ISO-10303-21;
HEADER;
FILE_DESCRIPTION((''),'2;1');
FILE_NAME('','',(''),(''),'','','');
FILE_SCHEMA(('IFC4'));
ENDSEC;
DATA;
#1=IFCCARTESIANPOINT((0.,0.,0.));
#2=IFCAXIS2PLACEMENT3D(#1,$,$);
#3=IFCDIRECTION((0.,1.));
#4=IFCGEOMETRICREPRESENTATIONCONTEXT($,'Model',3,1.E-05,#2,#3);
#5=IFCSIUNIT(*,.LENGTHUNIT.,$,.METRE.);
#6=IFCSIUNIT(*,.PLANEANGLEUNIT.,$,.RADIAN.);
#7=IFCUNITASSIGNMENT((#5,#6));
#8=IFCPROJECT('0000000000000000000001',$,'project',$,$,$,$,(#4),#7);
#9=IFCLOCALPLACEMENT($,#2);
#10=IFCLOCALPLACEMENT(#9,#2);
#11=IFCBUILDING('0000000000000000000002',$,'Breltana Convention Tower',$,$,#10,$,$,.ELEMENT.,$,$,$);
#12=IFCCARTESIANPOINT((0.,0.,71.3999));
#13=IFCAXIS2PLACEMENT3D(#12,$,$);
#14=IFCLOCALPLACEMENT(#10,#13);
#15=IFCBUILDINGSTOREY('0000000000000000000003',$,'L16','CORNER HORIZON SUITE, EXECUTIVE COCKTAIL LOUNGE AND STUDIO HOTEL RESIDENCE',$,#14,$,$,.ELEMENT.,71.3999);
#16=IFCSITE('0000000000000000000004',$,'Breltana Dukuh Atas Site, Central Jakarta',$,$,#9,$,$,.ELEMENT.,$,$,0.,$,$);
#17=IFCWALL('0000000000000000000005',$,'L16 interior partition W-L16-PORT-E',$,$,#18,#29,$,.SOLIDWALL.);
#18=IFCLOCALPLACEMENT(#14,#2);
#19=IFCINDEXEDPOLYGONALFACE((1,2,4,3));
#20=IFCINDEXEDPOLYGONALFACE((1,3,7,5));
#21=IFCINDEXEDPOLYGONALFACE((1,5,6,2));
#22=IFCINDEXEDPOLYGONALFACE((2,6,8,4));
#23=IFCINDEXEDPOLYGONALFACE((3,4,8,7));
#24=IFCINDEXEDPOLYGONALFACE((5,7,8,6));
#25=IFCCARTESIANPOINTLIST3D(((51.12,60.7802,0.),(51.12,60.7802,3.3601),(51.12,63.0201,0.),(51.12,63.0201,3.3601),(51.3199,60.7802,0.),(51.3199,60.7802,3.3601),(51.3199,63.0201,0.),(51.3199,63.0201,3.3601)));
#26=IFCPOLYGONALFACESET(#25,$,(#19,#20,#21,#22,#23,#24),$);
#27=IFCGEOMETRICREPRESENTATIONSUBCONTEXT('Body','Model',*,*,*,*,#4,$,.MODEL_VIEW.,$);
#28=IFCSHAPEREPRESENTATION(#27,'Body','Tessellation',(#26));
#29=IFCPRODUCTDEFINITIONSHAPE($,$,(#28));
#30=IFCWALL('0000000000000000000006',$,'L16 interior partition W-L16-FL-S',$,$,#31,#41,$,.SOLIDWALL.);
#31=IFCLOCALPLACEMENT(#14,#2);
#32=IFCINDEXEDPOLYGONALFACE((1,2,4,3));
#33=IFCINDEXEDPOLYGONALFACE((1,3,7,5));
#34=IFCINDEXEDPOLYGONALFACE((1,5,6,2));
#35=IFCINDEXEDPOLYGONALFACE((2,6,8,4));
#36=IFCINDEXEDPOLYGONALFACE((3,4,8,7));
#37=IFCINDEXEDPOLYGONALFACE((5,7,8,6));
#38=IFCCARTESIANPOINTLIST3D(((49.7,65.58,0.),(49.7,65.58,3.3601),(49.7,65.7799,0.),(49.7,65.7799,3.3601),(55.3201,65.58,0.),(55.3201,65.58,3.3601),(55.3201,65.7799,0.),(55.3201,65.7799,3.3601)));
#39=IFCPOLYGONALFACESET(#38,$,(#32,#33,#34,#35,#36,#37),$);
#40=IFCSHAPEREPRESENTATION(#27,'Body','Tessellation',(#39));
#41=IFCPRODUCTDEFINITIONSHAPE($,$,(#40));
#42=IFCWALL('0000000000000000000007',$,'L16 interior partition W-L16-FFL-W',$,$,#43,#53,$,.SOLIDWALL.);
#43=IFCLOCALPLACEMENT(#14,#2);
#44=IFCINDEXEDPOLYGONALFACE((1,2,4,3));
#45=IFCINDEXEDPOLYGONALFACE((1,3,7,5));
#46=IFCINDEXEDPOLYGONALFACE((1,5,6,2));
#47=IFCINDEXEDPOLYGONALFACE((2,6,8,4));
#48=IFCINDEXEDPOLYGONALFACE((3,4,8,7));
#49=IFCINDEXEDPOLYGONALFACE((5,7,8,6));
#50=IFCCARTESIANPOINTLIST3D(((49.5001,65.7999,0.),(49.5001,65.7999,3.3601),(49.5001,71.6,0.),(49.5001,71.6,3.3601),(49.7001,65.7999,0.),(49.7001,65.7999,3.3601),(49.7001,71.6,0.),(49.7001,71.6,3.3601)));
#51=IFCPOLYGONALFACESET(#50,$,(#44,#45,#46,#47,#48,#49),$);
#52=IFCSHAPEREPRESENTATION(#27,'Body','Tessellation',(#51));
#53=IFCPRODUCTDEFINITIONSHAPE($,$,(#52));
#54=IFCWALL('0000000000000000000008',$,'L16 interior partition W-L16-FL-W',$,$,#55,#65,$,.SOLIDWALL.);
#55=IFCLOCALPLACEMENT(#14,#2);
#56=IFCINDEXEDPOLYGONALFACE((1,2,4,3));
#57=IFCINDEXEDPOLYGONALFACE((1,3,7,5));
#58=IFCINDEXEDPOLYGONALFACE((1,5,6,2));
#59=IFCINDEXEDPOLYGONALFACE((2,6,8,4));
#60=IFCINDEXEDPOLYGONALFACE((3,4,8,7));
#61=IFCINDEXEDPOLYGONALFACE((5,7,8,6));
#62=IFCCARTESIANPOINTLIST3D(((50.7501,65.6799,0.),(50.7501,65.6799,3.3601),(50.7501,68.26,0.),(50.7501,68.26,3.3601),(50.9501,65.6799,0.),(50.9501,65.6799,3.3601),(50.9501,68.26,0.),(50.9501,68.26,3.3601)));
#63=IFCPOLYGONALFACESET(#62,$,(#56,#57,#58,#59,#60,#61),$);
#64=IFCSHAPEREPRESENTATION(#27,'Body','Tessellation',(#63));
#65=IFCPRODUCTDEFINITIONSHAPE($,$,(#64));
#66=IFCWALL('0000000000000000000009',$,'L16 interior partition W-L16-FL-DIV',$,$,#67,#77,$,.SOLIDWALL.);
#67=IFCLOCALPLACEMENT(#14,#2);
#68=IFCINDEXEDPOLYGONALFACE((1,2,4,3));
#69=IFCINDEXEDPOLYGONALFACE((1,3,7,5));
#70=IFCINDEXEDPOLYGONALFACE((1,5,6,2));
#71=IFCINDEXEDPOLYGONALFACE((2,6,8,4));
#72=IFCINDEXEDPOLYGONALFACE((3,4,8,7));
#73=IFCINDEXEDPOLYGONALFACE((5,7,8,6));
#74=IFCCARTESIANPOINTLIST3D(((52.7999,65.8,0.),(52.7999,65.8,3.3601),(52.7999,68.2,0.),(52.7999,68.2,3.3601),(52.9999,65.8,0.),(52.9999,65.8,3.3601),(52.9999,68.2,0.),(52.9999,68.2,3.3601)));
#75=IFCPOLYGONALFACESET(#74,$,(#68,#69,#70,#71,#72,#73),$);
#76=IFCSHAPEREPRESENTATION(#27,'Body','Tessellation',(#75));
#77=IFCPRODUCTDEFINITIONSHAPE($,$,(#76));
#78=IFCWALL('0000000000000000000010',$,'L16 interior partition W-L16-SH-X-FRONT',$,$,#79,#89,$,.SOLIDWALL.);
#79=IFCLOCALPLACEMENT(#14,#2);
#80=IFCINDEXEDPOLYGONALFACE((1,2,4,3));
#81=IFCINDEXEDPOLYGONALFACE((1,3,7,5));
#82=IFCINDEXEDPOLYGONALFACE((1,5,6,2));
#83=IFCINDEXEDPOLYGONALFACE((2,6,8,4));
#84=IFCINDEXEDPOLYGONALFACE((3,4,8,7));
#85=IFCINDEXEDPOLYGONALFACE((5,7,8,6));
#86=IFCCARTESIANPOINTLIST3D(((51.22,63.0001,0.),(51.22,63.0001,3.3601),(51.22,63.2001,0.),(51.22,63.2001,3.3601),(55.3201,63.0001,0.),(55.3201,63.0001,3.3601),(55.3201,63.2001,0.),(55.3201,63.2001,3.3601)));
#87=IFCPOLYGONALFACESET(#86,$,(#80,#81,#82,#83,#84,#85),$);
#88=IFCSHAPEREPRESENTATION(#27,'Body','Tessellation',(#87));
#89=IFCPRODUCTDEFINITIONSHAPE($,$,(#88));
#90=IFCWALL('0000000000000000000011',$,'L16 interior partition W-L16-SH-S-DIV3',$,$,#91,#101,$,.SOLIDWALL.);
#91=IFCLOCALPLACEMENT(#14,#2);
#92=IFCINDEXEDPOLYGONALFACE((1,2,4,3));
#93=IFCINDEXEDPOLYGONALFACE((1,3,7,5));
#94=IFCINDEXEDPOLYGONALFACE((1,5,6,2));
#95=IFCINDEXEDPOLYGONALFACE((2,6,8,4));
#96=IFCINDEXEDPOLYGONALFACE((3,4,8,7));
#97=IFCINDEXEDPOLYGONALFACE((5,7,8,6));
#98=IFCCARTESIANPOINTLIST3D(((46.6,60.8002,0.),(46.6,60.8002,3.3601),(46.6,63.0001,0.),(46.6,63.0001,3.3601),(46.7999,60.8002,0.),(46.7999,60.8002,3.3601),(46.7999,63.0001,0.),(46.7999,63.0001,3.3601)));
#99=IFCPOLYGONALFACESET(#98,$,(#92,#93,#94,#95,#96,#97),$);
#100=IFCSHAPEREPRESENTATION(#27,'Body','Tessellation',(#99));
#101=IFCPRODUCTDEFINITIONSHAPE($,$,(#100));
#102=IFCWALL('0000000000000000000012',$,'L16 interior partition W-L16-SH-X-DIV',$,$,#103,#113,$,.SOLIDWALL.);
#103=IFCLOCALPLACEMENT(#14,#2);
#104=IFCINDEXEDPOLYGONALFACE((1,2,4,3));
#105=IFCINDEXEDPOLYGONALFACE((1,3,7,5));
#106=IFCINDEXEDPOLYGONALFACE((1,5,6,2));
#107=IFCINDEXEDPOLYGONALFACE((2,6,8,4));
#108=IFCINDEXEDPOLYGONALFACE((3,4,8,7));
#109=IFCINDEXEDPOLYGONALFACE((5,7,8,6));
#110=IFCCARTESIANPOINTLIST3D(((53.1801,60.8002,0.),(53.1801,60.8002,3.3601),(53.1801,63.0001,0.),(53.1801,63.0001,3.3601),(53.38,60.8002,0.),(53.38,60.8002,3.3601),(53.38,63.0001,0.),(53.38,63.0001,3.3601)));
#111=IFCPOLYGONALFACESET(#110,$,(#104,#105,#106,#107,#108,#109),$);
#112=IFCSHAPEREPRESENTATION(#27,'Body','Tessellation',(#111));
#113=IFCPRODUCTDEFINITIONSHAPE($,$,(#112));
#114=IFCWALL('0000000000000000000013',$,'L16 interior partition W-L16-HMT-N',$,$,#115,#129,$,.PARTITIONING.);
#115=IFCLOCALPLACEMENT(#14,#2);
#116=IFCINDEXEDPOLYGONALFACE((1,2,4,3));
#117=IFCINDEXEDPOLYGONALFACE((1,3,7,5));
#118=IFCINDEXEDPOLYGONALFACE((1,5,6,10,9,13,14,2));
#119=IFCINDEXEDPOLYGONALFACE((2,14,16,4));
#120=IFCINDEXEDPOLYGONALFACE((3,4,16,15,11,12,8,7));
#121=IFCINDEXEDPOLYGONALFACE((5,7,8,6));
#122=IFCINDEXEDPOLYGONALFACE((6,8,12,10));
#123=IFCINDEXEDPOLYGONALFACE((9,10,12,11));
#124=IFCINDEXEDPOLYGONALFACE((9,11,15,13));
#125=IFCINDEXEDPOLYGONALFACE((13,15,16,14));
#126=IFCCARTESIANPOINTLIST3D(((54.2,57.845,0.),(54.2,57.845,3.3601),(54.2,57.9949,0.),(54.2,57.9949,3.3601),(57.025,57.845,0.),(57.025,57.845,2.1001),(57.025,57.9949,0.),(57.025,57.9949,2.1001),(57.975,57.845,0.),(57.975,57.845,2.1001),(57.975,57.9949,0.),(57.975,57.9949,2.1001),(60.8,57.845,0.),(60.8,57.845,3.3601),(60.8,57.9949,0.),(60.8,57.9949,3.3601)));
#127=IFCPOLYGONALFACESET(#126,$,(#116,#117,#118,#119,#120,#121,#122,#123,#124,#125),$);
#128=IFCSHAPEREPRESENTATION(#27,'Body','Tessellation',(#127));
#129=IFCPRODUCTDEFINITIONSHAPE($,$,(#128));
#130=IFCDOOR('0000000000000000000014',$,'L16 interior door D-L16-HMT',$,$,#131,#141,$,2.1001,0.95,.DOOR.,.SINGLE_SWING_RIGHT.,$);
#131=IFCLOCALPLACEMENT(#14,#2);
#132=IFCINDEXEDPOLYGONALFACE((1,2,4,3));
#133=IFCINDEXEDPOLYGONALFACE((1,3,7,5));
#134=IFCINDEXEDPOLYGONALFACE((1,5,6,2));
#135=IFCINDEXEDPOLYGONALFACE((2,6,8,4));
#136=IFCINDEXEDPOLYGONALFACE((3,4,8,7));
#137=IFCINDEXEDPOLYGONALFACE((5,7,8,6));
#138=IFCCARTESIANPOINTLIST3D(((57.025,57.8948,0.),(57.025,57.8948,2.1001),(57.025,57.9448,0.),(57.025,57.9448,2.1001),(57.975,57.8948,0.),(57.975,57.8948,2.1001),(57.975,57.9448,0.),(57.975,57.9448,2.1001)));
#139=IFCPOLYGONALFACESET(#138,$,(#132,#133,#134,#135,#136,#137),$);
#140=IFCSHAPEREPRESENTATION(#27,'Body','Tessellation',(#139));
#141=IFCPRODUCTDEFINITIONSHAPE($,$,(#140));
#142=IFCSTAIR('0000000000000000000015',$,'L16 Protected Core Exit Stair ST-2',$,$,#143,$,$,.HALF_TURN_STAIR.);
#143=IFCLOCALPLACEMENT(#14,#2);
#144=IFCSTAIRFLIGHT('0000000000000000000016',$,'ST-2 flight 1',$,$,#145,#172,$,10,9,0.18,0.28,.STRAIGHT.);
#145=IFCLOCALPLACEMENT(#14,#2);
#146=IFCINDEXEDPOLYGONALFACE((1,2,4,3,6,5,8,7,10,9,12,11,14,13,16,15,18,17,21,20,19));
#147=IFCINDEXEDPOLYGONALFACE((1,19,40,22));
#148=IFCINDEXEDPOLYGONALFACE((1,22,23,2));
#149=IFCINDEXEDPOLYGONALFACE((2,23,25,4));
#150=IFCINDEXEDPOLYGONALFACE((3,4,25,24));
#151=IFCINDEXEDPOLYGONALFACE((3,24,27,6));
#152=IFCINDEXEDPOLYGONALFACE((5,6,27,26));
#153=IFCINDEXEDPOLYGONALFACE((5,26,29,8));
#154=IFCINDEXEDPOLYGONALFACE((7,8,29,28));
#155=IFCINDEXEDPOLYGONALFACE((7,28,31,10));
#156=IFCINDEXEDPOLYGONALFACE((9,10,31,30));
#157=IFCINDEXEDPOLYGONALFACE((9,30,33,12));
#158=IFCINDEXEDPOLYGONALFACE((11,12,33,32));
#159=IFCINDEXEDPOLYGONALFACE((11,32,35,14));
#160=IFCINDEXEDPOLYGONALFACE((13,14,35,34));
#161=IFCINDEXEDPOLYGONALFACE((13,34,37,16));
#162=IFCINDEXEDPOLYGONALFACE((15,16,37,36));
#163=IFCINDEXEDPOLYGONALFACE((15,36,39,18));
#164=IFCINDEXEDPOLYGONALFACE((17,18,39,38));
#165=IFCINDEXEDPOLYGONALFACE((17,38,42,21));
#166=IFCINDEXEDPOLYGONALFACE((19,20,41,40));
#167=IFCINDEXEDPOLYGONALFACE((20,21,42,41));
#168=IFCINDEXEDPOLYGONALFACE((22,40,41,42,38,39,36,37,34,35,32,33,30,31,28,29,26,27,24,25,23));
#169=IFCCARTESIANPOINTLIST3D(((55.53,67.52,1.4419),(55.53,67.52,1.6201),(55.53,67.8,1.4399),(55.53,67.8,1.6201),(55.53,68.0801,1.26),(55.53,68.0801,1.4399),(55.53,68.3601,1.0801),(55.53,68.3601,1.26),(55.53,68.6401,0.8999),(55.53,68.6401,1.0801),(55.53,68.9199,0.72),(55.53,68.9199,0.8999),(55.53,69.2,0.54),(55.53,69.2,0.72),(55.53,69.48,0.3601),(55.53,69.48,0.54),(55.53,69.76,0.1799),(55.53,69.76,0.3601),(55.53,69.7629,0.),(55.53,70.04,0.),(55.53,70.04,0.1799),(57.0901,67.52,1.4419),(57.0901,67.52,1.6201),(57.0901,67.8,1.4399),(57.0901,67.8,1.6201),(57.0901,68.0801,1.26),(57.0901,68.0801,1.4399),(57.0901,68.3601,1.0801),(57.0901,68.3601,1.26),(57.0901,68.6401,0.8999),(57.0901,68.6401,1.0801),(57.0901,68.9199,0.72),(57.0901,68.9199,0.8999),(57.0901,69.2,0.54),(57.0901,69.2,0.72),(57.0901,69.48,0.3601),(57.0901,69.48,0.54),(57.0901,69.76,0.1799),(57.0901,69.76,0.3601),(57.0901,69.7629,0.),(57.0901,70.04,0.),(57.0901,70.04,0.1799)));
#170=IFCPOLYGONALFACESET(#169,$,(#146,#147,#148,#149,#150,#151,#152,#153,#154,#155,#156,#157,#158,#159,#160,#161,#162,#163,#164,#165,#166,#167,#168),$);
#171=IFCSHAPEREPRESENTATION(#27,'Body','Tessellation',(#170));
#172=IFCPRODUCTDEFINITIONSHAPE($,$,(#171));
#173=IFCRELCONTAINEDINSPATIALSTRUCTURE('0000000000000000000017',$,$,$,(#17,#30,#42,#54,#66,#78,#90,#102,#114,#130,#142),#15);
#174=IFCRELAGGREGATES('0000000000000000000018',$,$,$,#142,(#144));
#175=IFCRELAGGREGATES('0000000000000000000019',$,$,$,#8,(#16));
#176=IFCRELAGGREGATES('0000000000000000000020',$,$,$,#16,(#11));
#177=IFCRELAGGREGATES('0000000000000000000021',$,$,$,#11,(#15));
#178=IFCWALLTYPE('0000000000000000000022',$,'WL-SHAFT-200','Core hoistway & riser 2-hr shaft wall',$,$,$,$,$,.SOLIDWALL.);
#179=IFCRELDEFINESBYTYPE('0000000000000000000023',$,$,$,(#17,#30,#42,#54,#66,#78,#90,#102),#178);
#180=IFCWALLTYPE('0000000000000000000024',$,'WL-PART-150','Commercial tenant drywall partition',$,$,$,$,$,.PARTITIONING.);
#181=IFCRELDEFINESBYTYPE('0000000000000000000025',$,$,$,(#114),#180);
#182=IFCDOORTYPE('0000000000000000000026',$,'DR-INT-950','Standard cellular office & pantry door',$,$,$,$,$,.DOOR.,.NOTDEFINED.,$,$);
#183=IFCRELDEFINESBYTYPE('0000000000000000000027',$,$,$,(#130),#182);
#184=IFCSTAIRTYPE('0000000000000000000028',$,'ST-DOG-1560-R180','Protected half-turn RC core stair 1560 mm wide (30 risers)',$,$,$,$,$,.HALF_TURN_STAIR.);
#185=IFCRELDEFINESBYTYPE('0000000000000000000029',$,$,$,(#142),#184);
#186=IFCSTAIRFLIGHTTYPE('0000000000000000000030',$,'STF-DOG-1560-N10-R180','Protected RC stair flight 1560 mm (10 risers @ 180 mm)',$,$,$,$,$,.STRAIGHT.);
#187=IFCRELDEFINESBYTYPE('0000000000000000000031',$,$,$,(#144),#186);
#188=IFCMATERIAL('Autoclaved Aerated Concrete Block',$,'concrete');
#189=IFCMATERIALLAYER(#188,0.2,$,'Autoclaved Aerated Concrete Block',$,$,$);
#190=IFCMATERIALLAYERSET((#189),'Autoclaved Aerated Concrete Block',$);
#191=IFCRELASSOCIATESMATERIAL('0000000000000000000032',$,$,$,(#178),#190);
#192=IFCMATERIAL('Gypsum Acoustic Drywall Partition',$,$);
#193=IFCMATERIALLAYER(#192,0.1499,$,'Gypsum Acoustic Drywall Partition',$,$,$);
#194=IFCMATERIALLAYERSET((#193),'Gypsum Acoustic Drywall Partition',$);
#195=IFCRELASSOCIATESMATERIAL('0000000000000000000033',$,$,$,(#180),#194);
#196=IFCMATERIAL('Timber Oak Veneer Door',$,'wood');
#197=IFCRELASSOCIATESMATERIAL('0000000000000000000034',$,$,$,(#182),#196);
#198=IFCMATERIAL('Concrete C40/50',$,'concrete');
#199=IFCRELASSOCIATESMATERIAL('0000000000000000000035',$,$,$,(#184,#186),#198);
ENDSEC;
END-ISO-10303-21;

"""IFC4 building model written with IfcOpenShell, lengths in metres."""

from ifc_helpers import new_model, si_unit, direction, frame, frame_2d, origin, place, context, subcontext, project, spatial, polyline, rectangle, outline, extrude, source, transform, mapped, material, layer, layer_set, type_object, type_shapes, element, fill, aggregate, save


model = new_model("IFC4")

# Units and contexts
model_context = context("Model", 3, precision=1e-05, world=origin(), true_north=direction((0.0, 1.0)))
body_context = subcontext(model_context, "Body", "Model", "MODEL_VIEW")
ifc_project = project(units=[si_unit("LENGTHUNIT", "METRE"), si_unit("PLANEANGLEUNIT", "RADIAN")], contexts=[model_context])

# Site, building, storey
site_placement = place(None, origin())
site = spatial("IfcSite", under=ifc_project, at=site_placement, Name="Breltana Dukuh Atas Site, Central Jakarta", CompositionType="ELEMENT", RefElevation=0.0)
building_placement = place(site_placement, origin())
building = spatial("IfcBuilding", under=site, at=building_placement, Name="Breltana Convention Tower", CompositionType="ELEMENT")
storey_placement = place(building_placement, frame((0.0, 0.0, 71.3999)))
storey = spatial("IfcBuildingStorey", under=building, at=storey_placement, Name="L16", Description="CORNER HORIZON SUITE, EXECUTIVE COCKTAIL LOUNGE AND STUDIO HOTEL RESIDENCE", CompositionType="ELEMENT", Elevation=71.3999)

# Wall
ifc_material_1 = material(Name="Autoclaved Aerated Concrete Block", Category="concrete")
ifc_layer_1 = layer(ifc_material_1, 0.2, Name="Autoclaved Aerated Concrete Block")
ifc_layer_set_1 = layer_set([ifc_layer_1], Name="Autoclaved Aerated Concrete Block")
wall_type_1 = type_object("IfcWallType", Name="WL-SHAFT-200", Description="Core hoistway & riser 2-hr shaft wall", PredefinedType="SOLIDWALL", material=ifc_layer_set_1)
shared_shape_1 = source(origin(), body_context, "Body", "SweptSolid", [
    extrude(rectangle(XDim=2.24, YDim=0.2, at=frame_2d((1.1201, 0.0))), origin(), (0.0, 0.0, 1.0), 3.3601),
])
for number, where, z_axis, x_axis, name in (
    (1, (51.22, 60.78, 0.0), (0.0, 0.0, 1.0), (0.0, 1.0, 0.0), "L16 interior partition W-L16-PORT-E"),
):
    element("IfcWall", number, at=place(storey_placement, frame(where, z_axis=z_axis, x_axis=x_axis)), inside=storey, type_object=wall_type_1, Name=name, PredefinedType="SOLIDWALL", context=body_context, shape_type="MappedRepresentation", body=[
        mapped(shared_shape_1, transform((0.0, 0.0, 0.0), scale=1.0)),
    ])

# Shared definitions
shared_shape_2 = source(origin(), body_context, "Body", "SweptSolid", [
    extrude(rectangle(XDim=5.6201, YDim=0.2, at=frame_2d((2.8101, 0.0))), origin(), (0.0, 0.0, 1.0), 3.3601),
])

# Walls
wall_1_placement = place(storey_placement, frame((49.7, 65.6799, 0.0), z_axis=(0.0, 0.0, 1.0), x_axis=(1.0, 0.0, 0.0)))
element("IfcWall", 2, at=wall_1_placement, inside=storey, type_object=wall_type_1, Name="L16 interior partition W-L16-FL-S", PredefinedType="SOLIDWALL", context=body_context, shape_type="MappedRepresentation", body=[
    mapped(shared_shape_2, transform((0.0, 0.0, 0.0), scale=1.0)),
])
shared_shape_3 = source(origin(), body_context, "Body", "SweptSolid", [
    extrude(rectangle(XDim=5.8, YDim=0.2, at=frame_2d((2.8999, 0.0))), origin(), (0.0, 0.0, 1.0), 3.3601),
])
wall_2_placement = place(storey_placement, frame((49.6001, 65.8, 0.0), z_axis=(0.0, 0.0, 1.0), x_axis=(0.0, 1.0, 0.0)))
element("IfcWall", 3, at=wall_2_placement, inside=storey, type_object=wall_type_1, Name="L16 interior partition W-L16-FFL-W", PredefinedType="SOLIDWALL", context=body_context, shape_type="MappedRepresentation", body=[
    mapped(shared_shape_3, transform((0.0, 0.0, 0.0), scale=1.0)),
])
shared_shape_4 = source(origin(), body_context, "Body", "SweptSolid", [
    extrude(rectangle(XDim=2.5801, YDim=0.2, at=frame_2d((1.29, 0.0))), origin(), (0.0, 0.0, 1.0), 3.3601),
])
wall_3_placement = place(storey_placement, frame((50.8501, 65.6799, 0.0), z_axis=(0.0, 0.0, 1.0), x_axis=(0.0, 1.0, 0.0)))
element("IfcWall", 4, at=wall_3_placement, inside=storey, type_object=wall_type_1, Name="L16 interior partition W-L16-FL-W", PredefinedType="SOLIDWALL", context=body_context, shape_type="MappedRepresentation", body=[
    mapped(shared_shape_4, transform((0.0, 0.0, 0.0), scale=1.0)),
])
shared_shape_5 = source(origin(), body_context, "Body", "SweptSolid", [
    extrude(rectangle(XDim=2.3999, YDim=0.2, at=frame_2d((1.2, 0.0))), origin(), (0.0, 0.0, 1.0), 3.3601),
])
wall_4_placement = place(storey_placement, frame((52.8999, 65.8, 0.0), z_axis=(0.0, 0.0, 1.0), x_axis=(0.0, 1.0, 0.0)))
element("IfcWall", 5, at=wall_4_placement, inside=storey, type_object=wall_type_1, Name="L16 interior partition W-L16-FL-DIV", PredefinedType="SOLIDWALL", context=body_context, shape_type="MappedRepresentation", body=[
    mapped(shared_shape_5, transform((0.0, 0.0, 0.0), scale=1.0)),
])
shared_shape_6 = source(origin(), body_context, "Body", "SweptSolid", [
    extrude(rectangle(XDim=4.1001, YDim=0.2, at=frame_2d((2.05, 0.0))), origin(), (0.0, 0.0, 1.0), 3.3601),
])
wall_5_placement = place(storey_placement, frame((51.22, 63.1001, 0.0), z_axis=(0.0, 0.0, 1.0), x_axis=(1.0, 0.0, 0.0)))
element("IfcWall", 6, at=wall_5_placement, inside=storey, type_object=wall_type_1, Name="L16 interior partition W-L16-SH-X-FRONT", PredefinedType="SOLIDWALL", context=body_context, shape_type="MappedRepresentation", body=[
    mapped(shared_shape_6, transform((0.0, 0.0, 0.0), scale=1.0)),
])
shared_shape_7 = source(origin(), body_context, "Body", "SweptSolid", [
    extrude(rectangle(XDim=2.2, YDim=0.2, at=frame_2d((1.1001, 0.0))), origin(), (0.0, 0.0, 1.0), 3.3601),
])
for number, where, z_axis, x_axis, name in (
    (7, (46.7, 60.8, 0.0), (0.0, 0.0, 1.0), (0.0, 1.0, 0.0), "L16 interior partition W-L16-SH-S-DIV3"),
    (8, (53.28, 60.8, 0.0), (0.0, 0.0, 1.0), (0.0, 1.0, 0.0), "L16 interior partition W-L16-SH-X-DIV"),
):
    element("IfcWall", number, at=place(storey_placement, frame(where, z_axis=z_axis, x_axis=x_axis)), inside=storey, type_object=wall_type_1, Name=name, PredefinedType="SOLIDWALL", context=body_context, shape_type="MappedRepresentation", body=[
        mapped(shared_shape_7, transform((0.0, 0.0, 0.0), scale=1.0)),
    ])

# Wall, opening, door
ifc_material_2 = material(Name="Gypsum Acoustic Drywall Partition")
ifc_layer_2 = layer(ifc_material_2, 0.1499, Name="Gypsum Acoustic Drywall Partition")
ifc_layer_set_2 = layer_set([ifc_layer_2], Name="Gypsum Acoustic Drywall Partition")
wall_type_2 = type_object("IfcWallType", Name="WL-PART-150", Description="Commercial tenant drywall partition", PredefinedType="PARTITIONING", material=ifc_layer_set_2)
shared_shape_8 = source(origin(), body_context, "Body", "SweptSolid", [
    extrude(rectangle(XDim=6.6001, YDim=0.1499, at=frame_2d((3.3, 0.0))), origin(), (0.0, 0.0, 1.0), 3.3601),
])
wall_6_placement = place(storey_placement, frame((54.2, 57.9199, 0.0), z_axis=(0.0, 0.0, 1.0), x_axis=(1.0, 0.0, 0.0)))
wall_6 = element("IfcWall", 9, at=wall_6_placement, inside=storey, type_object=wall_type_2, Name="L16 interior partition W-L16-HMT-N", PredefinedType="PARTITIONING", context=body_context, shape_type="MappedRepresentation", body=[
    mapped(shared_shape_8, transform((0.0, 0.0, 0.0), scale=1.0)),
])
opening_1_placement = place(wall_6_placement, frame((2.825, 0.0, 0.0)))
opening_1 = element("IfcOpeningElement", 10, at=opening_1_placement, cuts=wall_6, PredefinedType="OPENING", context=body_context, shape_type="SweptSolid", body=[
    extrude(rectangle(XDim=0.95, YDim=2.1001, at=frame_2d((0.4751, 1.05))), frame((0.0, 0.085, 0.0), z_axis=(0.0, -1.0, 0.0), x_axis=(1.0, 0.0, 0.0)), (0.0, 0.0, 1.0), 0.1699),
])
ifc_material_3 = material(Name="Timber Oak Veneer Door", Category="wood")
door_type_1 = type_object("IfcDoorType", Name="DR-INT-950", Description="Standard cellular office & pantry door", OperationType="NOTDEFINED", PredefinedType="DOOR", material=ifc_material_3)
shared_shape_9 = source(origin(), body_context, "Body", "SweptSolid", [
    extrude(rectangle(XDim=0.95, YDim=2.1001, at=frame_2d((0.4751, 1.05))), frame((0.0, 0.0249, 0.0), z_axis=(0.0, -1.0, 0.0), x_axis=(1.0, 0.0, 0.0)), (0.0, 0.0, 1.0), 0.05),
])
type_shapes(door_type_1, [shared_shape_9])
door_1_placement = place(opening_1_placement, origin())
door_1 = element("IfcDoor", 11, at=door_1_placement, inside=storey, type_object=door_type_1, Name="L16 interior door D-L16-HMT", OperationType="SINGLE_SWING_RIGHT", OverallHeight=2.1001, OverallWidth=0.95, PredefinedType="DOOR", context=body_context, shape_type="MappedRepresentation", body=[
    mapped(shared_shape_9, transform((0.0, 0.0, 0.0), scale=1.0)),
])
fill(opening_1, door_1)

# Stair, stair flight
ifc_material_4 = material(Name="Concrete C40/50", Category="concrete")
stair_type = type_object("IfcStairType", Name="ST-DOG-1560-R180", Description="Protected half-turn RC core stair 1560 mm wide (30 risers)", PredefinedType="HALF_TURN_STAIR", material=ifc_material_4)
stair_placement = place(storey_placement, origin())
stair = element("IfcStair", 12, at=stair_placement, inside=storey, type_object=stair_type, Name="L16 Protected Core Exit Stair ST-2", PredefinedType="HALF_TURN_STAIR")
stair_flight_type = type_object("IfcStairFlightType", Name="STF-DOG-1560-N10-R180", Description="Protected RC stair flight 1560 mm (10 risers @ 180 mm)", PredefinedType="STRAIGHT", material=ifc_material_4)
stair_flight_1_placement = place(storey_placement, frame((56.3101, 70.04, 0.0), z_axis=(0.0, 0.0, 1.0), x_axis=(0.0, -1.0, 0.0)))
stair_flight_1 = element("IfcStairFlight", 13, at=stair_flight_1_placement, type_object=stair_flight_type, Name="ST-2 flight 1", NumberOfRisers=10, NumberOfTreads=9, PredefinedType="STRAIGHT", RiserHeight=0.18, TreadLength=0.28, context=body_context, shape_type="SweptSolid", body=[
    extrude(outline(polyline([(0.0, 0.0), (0.0, 0.1799), (0.28, 0.1799), (0.28, 0.3601), (0.5601, 0.3601), (0.5601, 0.54), (0.8401, 0.54), (0.8401, 0.72), (1.1201, 0.72), (1.1201, 0.8999), (1.3999, 0.8999), (1.3999, 1.0801), (1.6799, 1.0801), (1.6799, 1.26), (1.96, 1.26), (1.96, 1.4399), (2.24, 1.4399), (2.24, 1.6201), (2.52, 1.6201), (2.52, 1.8), (2.52, 1.4419), (0.2771, 0.0), (0.0, 0.0)])), frame((0.0, 0.78, 0.0), z_axis=(0.0, -1.0, 0.0), x_axis=(1.0, 0.0, 0.0)), (0.0, 0.0, 1.0), 1.5601),
])
aggregate(stair, [stair_flight_1])

save(model, "model.ifc")
